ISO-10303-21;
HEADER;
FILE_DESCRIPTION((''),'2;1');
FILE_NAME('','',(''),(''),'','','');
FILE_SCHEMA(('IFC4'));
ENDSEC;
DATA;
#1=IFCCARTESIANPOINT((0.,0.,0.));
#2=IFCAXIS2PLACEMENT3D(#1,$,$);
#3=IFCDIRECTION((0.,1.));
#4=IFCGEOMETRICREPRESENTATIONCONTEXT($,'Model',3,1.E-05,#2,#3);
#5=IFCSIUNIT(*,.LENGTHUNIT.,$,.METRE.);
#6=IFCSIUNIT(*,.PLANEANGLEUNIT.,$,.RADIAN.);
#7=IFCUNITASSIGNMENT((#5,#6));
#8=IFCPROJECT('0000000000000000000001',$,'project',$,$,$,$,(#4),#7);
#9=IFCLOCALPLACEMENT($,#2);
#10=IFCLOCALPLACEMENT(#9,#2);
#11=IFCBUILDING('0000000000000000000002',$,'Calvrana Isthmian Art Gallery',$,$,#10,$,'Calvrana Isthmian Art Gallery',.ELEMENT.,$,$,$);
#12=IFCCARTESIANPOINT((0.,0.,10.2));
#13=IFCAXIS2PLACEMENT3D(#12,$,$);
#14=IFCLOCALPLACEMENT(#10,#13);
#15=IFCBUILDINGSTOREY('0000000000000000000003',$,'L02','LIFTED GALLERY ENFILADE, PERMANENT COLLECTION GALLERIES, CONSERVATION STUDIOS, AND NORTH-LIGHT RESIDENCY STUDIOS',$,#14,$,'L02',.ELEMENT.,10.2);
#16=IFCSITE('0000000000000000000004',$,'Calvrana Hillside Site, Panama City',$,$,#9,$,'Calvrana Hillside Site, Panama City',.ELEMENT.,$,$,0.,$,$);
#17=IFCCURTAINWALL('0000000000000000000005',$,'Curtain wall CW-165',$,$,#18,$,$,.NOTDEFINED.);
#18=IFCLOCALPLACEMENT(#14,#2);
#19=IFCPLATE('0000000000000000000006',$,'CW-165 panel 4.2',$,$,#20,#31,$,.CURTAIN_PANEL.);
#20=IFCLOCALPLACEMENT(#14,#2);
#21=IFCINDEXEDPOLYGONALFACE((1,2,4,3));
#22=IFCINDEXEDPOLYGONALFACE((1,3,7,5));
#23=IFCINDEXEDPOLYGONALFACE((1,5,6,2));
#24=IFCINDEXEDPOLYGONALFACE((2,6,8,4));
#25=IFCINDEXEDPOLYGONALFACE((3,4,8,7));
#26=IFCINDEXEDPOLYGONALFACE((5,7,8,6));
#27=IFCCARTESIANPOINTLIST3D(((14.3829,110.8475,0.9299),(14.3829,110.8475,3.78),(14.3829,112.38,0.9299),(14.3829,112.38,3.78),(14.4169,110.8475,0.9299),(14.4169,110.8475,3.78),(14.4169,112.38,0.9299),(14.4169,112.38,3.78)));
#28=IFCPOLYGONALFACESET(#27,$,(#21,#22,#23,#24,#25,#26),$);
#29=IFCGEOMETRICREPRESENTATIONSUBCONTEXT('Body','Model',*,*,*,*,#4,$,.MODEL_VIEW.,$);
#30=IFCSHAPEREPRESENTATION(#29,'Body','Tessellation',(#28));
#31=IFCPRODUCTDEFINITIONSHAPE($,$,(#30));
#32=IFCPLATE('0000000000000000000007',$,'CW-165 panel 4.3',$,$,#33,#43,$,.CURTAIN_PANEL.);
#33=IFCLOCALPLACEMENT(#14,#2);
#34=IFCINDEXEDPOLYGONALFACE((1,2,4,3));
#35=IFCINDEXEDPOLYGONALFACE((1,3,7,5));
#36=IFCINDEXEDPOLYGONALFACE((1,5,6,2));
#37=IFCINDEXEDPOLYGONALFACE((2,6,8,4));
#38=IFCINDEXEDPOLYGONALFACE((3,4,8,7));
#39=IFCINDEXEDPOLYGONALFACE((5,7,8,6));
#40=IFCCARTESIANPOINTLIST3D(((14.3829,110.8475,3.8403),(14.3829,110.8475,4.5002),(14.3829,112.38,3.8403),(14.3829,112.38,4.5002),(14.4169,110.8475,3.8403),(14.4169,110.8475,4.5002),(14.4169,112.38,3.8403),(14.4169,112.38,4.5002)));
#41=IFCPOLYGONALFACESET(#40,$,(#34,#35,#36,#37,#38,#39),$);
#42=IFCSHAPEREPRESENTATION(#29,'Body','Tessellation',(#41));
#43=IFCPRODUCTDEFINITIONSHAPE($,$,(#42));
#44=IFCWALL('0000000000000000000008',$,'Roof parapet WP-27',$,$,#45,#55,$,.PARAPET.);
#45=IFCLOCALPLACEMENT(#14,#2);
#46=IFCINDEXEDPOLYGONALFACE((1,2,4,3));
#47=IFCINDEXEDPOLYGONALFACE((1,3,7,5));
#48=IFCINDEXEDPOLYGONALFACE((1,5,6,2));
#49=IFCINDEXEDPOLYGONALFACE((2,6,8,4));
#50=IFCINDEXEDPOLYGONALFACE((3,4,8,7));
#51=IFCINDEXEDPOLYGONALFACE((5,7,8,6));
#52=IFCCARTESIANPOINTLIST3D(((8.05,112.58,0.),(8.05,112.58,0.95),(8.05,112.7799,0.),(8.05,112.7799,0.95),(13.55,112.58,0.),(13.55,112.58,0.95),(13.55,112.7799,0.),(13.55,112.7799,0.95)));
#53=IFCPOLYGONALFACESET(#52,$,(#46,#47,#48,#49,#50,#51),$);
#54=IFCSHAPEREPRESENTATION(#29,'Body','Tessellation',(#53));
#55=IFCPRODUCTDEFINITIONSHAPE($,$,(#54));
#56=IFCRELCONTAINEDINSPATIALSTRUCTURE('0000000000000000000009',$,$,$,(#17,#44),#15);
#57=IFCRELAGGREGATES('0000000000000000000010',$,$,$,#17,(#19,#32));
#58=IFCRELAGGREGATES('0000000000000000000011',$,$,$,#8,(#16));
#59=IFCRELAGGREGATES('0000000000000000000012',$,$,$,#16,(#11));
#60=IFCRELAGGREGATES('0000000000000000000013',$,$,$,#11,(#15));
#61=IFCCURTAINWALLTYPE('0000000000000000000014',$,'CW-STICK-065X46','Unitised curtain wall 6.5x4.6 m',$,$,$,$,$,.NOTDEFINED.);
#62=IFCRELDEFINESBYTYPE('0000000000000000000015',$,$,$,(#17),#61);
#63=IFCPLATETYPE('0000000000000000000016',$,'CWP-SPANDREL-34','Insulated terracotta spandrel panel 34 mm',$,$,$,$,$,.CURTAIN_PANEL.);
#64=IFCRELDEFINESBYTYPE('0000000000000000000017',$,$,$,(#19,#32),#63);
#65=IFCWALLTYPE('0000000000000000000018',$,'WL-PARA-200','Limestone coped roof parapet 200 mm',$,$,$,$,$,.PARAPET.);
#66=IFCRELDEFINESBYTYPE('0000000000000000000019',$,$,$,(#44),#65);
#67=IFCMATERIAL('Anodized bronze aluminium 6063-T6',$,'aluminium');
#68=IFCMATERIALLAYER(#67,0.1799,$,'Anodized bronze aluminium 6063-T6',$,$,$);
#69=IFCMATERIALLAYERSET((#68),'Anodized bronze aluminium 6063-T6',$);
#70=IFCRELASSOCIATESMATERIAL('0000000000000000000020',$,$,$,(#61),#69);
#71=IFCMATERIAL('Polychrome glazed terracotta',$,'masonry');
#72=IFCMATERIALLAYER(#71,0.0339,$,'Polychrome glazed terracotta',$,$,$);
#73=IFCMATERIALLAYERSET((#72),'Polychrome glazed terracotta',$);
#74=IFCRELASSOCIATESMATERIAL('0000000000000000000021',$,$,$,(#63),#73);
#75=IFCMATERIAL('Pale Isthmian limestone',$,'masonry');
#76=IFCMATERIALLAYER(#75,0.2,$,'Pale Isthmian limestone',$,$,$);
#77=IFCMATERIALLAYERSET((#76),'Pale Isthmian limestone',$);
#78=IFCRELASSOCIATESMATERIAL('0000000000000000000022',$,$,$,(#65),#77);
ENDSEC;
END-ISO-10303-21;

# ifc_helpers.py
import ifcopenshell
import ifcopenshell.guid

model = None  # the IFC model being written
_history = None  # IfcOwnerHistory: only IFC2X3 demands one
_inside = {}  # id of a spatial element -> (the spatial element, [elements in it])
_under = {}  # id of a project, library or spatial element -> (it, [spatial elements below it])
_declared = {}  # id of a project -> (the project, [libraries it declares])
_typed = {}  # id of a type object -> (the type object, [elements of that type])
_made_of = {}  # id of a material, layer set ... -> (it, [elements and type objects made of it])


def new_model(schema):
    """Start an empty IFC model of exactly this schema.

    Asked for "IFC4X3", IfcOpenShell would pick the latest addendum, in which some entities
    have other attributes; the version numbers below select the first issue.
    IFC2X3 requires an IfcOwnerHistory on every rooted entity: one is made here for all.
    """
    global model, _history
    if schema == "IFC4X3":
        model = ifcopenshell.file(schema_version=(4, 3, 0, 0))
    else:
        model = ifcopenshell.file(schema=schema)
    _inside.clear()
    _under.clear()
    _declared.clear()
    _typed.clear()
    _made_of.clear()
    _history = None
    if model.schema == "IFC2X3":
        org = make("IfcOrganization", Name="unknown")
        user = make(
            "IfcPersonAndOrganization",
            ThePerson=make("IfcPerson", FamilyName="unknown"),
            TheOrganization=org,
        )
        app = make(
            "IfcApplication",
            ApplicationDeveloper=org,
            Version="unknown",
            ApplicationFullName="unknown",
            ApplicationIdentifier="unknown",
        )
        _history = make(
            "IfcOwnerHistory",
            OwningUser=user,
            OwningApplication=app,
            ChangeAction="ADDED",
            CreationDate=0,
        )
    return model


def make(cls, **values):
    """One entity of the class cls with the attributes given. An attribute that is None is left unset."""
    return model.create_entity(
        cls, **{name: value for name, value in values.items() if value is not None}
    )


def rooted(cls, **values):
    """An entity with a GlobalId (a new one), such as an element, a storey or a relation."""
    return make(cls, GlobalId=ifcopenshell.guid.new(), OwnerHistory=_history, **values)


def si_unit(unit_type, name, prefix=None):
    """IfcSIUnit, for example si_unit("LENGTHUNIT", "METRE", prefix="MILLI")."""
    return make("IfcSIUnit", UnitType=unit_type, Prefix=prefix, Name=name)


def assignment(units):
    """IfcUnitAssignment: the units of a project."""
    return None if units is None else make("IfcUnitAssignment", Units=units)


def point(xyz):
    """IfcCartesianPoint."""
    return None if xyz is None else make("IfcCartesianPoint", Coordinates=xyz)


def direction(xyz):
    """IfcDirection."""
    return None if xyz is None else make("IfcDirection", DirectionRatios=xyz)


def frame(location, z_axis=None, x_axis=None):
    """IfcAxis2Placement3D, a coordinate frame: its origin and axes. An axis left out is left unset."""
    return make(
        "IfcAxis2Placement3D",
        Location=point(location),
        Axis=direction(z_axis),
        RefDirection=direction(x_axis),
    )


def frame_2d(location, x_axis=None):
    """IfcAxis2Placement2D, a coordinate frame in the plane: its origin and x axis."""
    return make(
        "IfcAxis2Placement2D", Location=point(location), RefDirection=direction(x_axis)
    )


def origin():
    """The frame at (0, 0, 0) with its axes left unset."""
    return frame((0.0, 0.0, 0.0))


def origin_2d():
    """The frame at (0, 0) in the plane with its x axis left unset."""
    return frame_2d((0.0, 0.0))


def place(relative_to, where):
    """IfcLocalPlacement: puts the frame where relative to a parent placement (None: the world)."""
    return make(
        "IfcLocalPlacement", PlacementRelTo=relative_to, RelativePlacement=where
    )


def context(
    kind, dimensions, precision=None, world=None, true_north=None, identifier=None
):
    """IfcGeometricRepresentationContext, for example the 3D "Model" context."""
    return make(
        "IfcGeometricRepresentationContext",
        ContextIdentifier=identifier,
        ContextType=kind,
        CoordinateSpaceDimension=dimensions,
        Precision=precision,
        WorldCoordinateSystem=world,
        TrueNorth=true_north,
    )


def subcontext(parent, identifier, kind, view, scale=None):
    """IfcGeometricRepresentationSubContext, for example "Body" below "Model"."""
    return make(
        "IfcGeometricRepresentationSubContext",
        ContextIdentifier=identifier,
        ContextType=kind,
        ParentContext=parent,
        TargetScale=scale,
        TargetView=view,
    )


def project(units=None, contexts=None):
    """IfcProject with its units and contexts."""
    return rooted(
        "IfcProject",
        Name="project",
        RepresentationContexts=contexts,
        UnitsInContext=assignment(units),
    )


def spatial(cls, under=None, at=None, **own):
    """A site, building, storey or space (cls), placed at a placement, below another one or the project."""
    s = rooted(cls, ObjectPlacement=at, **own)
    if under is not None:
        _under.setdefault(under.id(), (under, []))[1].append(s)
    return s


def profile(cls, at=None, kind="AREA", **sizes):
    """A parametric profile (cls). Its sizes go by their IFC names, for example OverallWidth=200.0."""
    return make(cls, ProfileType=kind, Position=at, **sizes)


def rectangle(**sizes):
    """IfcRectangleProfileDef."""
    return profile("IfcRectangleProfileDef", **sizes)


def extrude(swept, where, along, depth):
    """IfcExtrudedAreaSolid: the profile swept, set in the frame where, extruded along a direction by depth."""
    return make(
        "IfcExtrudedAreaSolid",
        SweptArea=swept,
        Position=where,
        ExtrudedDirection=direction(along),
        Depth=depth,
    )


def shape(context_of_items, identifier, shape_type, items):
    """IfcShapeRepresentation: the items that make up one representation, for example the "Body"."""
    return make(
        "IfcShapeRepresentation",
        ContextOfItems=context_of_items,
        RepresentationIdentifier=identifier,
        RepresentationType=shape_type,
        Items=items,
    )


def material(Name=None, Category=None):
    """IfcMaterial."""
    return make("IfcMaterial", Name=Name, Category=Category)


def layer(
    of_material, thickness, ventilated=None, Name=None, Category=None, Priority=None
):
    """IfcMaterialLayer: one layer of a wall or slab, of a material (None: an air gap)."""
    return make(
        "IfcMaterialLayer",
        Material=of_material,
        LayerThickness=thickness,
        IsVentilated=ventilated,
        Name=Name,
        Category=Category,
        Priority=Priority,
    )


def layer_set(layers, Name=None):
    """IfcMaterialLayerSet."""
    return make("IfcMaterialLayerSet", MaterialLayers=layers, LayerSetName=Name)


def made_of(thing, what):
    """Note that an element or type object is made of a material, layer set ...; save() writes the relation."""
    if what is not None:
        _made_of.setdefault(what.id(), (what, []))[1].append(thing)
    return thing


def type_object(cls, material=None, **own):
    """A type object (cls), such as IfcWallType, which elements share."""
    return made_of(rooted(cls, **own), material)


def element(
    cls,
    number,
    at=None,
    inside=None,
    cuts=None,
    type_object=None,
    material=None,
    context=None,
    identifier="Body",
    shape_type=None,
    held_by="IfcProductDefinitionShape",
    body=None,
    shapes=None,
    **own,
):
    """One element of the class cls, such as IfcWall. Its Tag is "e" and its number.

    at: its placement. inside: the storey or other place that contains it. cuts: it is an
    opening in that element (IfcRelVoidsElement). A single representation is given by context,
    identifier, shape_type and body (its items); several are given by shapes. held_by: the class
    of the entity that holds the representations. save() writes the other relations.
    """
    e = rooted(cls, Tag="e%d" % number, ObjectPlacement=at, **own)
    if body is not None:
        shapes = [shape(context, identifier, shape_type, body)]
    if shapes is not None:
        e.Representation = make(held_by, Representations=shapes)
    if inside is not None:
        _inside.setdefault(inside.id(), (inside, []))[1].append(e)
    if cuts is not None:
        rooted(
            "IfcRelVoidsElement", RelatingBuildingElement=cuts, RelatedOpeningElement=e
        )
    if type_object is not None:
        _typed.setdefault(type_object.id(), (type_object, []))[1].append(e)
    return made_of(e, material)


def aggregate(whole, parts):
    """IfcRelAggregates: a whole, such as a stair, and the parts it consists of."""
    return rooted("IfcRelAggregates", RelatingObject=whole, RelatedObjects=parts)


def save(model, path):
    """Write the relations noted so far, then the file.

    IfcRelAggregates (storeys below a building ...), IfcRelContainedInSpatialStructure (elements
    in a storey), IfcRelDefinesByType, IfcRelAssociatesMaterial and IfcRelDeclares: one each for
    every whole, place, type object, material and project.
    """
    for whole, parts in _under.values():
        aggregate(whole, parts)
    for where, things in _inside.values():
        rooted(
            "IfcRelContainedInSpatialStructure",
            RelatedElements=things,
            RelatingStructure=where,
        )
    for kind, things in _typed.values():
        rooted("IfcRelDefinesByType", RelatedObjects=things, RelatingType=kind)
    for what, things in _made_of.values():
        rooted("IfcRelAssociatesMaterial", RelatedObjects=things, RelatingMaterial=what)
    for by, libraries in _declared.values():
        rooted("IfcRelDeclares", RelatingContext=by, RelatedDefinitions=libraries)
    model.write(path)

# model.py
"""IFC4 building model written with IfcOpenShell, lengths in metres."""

from ifc_helpers import new_model, si_unit, direction, frame, frame_2d, origin, origin_2d, place, context, subcontext, project, spatial, rectangle, extrude, material, layer, layer_set, type_object, element, aggregate, save


model = new_model("IFC4")

# Units and contexts
model_context = context("Model", 3, precision=1e-05, world=origin(), true_north=direction((0.0, 1.0)))
body_context = subcontext(model_context, "Body", "Model", "MODEL_VIEW")
ifc_project = project(units=[si_unit("LENGTHUNIT", "METRE"), si_unit("PLANEANGLEUNIT", "RADIAN")], contexts=[model_context])

# Site, building, storey
site_placement = place(None, origin())
site = spatial("IfcSite", under=ifc_project, at=site_placement, Name="Calvrana Hillside Site, Panama City", LongName="Calvrana Hillside Site, Panama City", CompositionType="ELEMENT", RefElevation=0.0)
building_placement = place(site_placement, origin())
building = spatial("IfcBuilding", under=site, at=building_placement, Name="Calvrana Isthmian Art Gallery", LongName="Calvrana Isthmian Art Gallery", CompositionType="ELEMENT")
storey_placement = place(building_placement, frame((0.0, 0.0, 10.2)))
storey = spatial("IfcBuildingStorey", under=building, at=storey_placement, Name="L02", Description="LIFTED GALLERY ENFILADE, PERMANENT COLLECTION GALLERIES, CONSERVATION STUDIOS, AND NORTH-LIGHT RESIDENCY STUDIOS", LongName="L02", CompositionType="ELEMENT", Elevation=10.2)

# Curtain wall, plates
ifc_material_1 = material(Name="Anodized bronze aluminium 6063-T6", Category="aluminium")
ifc_layer_1 = layer(ifc_material_1, 0.1799, Name="Anodized bronze aluminium 6063-T6")
ifc_layer_set_1 = layer_set([ifc_layer_1], Name="Anodized bronze aluminium 6063-T6")
curtain_wall_type = type_object("IfcCurtainWallType", Name="CW-STICK-065X46", Description="Unitised curtain wall 6.5x4.6 m", PredefinedType="NOTDEFINED", material=ifc_layer_set_1)
curtain_wall_placement = place(storey_placement, origin())
curtain_wall = element("IfcCurtainWall", 1, at=curtain_wall_placement, inside=storey, type_object=curtain_wall_type, Name="Curtain wall CW-165", PredefinedType="NOTDEFINED")
ifc_material_2 = material(Name="Polychrome glazed terracotta", Category="masonry")
ifc_layer_2 = layer(ifc_material_2, 0.0339, Name="Polychrome glazed terracotta")
ifc_layer_set_2 = layer_set([ifc_layer_2], Name="Polychrome glazed terracotta")
plate_type = type_object("IfcPlateType", Name="CWP-SPANDREL-34", Description="Insulated terracotta spandrel panel 34 mm", PredefinedType="CURTAIN_PANEL", material=ifc_layer_set_2)
plate_1_placement = place(storey_placement, frame((14.3999, 111.6138, 0.9299), z_axis=(0.0, 0.0, 1.0), x_axis=(0.0, 1.0, 0.0)))
plate_1 = element("IfcPlate", 2, at=plate_1_placement, type_object=plate_type, Name="CW-165 panel 4.2", PredefinedType="CURTAIN_PANEL", context=body_context, shape_type="SweptSolid", body=[
    extrude(rectangle(XDim=1.5325, YDim=0.0339, at=origin_2d()), origin(), (0.0, 0.0, 1.0), 2.8501),
])
plate_2_placement = place(storey_placement, frame((14.3999, 111.6138, 3.8403), z_axis=(0.0, 0.0, 1.0), x_axis=(0.0, 1.0, 0.0)))
plate_2 = element("IfcPlate", 3, at=plate_2_placement, type_object=plate_type, Name="CW-165 panel 4.3", PredefinedType="CURTAIN_PANEL", context=body_context, shape_type="SweptSolid", body=[
    extrude(rectangle(XDim=1.5325, YDim=0.0339, at=origin_2d()), origin(), (0.0, 0.0, 1.0), 0.6599),
])
aggregate(curtain_wall, [plate_1, plate_2])

# Wall
ifc_material_3 = material(Name="Pale Isthmian limestone", Category="masonry")
ifc_layer_3 = layer(ifc_material_3, 0.2, Name="Pale Isthmian limestone")
ifc_layer_set_3 = layer_set([ifc_layer_3], Name="Pale Isthmian limestone")
wall_type = type_object("IfcWallType", Name="WL-PARA-200", Description="Limestone coped roof parapet 200 mm", PredefinedType="PARAPET", material=ifc_layer_set_3)
wall_placement = place(storey_placement, frame((8.05, 112.6799, 0.0), z_axis=(0.0, 0.0, 1.0), x_axis=(1.0, 0.0, 0.0)))
element("IfcWall", 4, at=wall_placement, inside=storey, type_object=wall_type, Name="Roof parapet WP-27", PredefinedType="PARAPET", context=body_context, shape_type="SweptSolid", body=[
    extrude(rectangle(XDim=5.5, YDim=0.2, at=frame_2d((2.75, 0.0))), origin(), (0.0, 0.0, 1.0), 0.95),
])

save(model, "model.ifc")
